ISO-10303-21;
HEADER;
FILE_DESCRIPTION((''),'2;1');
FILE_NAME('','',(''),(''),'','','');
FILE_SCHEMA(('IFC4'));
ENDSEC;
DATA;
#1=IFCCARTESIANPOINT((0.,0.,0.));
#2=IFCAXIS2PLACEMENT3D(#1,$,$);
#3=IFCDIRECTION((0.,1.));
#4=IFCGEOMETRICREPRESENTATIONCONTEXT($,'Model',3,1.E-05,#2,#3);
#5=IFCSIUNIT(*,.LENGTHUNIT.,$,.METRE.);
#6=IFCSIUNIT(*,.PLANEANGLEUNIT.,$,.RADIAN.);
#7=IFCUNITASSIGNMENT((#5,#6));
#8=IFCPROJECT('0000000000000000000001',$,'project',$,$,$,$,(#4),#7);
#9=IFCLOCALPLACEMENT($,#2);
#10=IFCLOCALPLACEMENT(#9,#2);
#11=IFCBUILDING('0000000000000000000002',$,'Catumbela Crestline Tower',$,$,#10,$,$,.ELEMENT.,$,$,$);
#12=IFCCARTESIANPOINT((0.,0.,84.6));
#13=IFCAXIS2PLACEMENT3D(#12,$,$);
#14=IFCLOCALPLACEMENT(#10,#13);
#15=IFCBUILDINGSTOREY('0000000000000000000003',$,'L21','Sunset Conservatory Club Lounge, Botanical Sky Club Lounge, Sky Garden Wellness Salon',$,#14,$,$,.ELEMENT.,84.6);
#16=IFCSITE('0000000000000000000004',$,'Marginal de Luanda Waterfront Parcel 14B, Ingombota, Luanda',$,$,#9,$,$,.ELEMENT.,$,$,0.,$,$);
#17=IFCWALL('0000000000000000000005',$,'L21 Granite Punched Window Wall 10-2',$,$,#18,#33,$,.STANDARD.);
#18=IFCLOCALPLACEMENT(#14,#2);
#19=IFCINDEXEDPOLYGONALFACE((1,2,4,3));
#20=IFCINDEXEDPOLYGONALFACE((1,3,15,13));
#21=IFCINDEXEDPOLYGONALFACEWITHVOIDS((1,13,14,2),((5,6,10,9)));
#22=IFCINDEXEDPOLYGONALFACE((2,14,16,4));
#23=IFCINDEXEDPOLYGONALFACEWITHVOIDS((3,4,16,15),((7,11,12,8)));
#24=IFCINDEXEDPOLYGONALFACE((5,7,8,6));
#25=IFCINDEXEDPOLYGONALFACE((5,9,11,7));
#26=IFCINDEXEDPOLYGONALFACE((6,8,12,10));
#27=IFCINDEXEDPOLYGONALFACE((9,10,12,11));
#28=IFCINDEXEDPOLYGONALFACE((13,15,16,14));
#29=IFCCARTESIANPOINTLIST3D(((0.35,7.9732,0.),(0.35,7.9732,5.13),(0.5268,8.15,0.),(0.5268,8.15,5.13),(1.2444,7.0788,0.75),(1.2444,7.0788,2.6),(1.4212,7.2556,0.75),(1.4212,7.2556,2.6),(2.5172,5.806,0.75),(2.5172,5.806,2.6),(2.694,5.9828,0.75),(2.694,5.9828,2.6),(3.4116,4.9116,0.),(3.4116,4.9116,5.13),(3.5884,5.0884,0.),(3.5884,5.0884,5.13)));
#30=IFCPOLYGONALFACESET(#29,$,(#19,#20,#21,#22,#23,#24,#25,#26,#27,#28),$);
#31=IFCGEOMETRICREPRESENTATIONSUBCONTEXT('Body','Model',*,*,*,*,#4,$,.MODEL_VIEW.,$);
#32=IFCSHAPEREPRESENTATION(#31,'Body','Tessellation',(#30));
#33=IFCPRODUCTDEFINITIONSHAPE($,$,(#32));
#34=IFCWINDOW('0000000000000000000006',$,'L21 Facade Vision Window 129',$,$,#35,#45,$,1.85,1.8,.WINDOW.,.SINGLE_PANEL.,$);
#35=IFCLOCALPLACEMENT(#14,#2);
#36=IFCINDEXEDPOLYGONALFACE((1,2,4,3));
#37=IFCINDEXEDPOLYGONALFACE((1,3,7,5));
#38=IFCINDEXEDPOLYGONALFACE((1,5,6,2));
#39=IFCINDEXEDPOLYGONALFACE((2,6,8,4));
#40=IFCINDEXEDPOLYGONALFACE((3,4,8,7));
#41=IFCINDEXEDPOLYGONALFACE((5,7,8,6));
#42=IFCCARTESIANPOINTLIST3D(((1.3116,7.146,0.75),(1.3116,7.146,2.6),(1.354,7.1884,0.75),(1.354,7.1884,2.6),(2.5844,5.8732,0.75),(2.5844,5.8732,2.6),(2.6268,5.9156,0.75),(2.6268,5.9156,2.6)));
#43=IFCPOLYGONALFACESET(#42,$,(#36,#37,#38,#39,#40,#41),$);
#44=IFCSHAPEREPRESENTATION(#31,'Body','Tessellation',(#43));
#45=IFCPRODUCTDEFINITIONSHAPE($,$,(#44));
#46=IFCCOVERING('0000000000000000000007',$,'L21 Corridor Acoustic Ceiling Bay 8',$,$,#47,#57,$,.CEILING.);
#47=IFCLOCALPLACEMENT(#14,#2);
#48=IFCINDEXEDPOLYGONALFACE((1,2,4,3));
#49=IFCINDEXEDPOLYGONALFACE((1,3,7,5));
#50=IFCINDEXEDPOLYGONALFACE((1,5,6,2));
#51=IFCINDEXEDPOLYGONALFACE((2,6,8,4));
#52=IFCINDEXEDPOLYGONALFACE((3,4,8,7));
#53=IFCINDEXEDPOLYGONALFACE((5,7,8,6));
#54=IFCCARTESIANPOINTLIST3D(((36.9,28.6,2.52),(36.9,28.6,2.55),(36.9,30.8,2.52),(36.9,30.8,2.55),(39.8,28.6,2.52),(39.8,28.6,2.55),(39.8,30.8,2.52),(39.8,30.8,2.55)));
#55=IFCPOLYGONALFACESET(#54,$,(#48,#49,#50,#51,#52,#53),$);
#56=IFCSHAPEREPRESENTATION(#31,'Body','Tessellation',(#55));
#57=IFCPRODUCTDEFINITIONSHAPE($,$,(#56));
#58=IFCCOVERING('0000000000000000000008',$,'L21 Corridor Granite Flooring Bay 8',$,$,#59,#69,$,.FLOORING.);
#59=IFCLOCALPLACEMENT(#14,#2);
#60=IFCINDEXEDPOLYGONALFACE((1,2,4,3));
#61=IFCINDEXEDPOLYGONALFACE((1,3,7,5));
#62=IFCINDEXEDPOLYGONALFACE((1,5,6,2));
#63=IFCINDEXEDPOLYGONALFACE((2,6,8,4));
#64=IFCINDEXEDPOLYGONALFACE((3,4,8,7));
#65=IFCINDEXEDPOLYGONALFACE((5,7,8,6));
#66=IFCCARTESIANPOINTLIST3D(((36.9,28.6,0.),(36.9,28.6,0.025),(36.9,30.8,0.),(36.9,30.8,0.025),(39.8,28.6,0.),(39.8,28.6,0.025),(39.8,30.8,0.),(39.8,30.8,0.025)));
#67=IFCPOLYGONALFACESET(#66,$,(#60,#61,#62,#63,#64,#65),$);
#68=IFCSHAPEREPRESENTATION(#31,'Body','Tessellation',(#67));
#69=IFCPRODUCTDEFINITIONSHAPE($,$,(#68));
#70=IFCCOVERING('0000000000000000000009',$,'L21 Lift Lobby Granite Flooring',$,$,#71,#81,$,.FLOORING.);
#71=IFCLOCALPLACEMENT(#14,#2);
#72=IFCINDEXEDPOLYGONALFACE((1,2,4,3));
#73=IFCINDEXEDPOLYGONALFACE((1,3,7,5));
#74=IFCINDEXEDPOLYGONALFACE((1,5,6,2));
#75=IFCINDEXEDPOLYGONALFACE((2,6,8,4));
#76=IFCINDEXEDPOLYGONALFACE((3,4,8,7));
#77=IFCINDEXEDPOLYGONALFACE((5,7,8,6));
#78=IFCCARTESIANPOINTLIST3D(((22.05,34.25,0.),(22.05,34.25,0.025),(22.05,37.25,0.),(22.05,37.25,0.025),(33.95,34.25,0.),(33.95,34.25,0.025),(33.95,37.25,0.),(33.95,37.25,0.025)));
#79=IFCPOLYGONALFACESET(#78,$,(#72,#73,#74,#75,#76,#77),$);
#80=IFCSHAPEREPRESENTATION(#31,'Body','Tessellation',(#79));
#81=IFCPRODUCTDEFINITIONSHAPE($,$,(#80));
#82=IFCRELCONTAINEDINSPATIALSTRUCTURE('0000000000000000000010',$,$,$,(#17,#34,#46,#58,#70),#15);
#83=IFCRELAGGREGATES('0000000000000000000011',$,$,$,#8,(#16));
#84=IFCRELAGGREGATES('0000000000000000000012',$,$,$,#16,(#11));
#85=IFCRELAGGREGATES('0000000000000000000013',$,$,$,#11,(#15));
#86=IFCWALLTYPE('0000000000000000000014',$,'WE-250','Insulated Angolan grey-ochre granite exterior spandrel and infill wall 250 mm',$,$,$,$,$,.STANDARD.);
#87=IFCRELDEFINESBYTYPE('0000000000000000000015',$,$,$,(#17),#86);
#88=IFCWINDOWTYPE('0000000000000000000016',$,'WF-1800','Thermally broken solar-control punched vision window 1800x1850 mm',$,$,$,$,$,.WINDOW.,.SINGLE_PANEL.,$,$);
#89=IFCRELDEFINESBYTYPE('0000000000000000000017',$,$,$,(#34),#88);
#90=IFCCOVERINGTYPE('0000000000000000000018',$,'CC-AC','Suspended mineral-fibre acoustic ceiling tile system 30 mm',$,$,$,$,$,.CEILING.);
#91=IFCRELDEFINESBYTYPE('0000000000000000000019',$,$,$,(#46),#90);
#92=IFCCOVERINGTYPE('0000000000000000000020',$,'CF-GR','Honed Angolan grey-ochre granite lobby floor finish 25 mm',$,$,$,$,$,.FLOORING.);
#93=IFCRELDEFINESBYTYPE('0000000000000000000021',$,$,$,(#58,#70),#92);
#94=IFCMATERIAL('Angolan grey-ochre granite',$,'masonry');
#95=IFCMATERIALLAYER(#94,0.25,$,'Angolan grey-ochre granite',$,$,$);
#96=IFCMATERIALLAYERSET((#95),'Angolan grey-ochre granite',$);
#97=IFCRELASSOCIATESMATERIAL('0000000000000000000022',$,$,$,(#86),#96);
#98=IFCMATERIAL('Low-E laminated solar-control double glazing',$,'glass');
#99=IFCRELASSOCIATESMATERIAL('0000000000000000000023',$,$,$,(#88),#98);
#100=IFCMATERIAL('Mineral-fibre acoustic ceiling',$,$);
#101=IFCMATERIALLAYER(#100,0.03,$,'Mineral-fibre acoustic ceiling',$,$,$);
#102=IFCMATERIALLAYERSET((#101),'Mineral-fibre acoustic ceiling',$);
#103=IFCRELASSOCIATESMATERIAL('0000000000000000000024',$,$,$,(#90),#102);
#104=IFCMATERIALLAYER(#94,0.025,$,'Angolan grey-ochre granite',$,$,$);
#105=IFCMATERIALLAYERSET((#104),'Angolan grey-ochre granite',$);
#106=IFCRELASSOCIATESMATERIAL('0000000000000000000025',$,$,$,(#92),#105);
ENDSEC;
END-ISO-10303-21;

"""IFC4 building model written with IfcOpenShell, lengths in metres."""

from ifc_helpers import new_model, si_unit, direction, frame, frame_2d, origin, place, context, subcontext, project, spatial, polyline, rectangle, outline, extrude, material, layer, layer_set, type_object, element, fill, save


model = new_model("IFC4")

# Units and contexts
model_context = context("Model", 3, precision=1e-05, world=origin(), true_north=direction((0.0, 1.0)))
body_context = subcontext(model_context, "Body", "Model", "MODEL_VIEW")
ifc_project = project(units=[si_unit("LENGTHUNIT", "METRE"), si_unit("PLANEANGLEUNIT", "RADIAN")], contexts=[model_context])

# Site, building, storey
site_placement = place(None, origin())
site = spatial("IfcSite", under=ifc_project, at=site_placement, Name="Marginal de Luanda Waterfront Parcel 14B, Ingombota, Luanda", CompositionType="ELEMENT", RefElevation=0.0)
building_placement = place(site_placement, origin())
building = spatial("IfcBuilding", under=site, at=building_placement, Name="Catumbela Crestline Tower", CompositionType="ELEMENT")
storey_placement = place(building_placement, frame((0.0, 0.0, 84.6)))
storey = spatial("IfcBuildingStorey", under=building, at=storey_placement, Name="L21", Description="Sunset Conservatory Club Lounge, Botanical Sky Club Lounge, Sky Garden Wellness Salon", CompositionType="ELEMENT", Elevation=84.6)

# Shared definitions
ifc_material_1 = material(Name="Low-E laminated solar-control double glazing", Category="glass")

# Shared definitions
ifc_material_2 = material(Name="Angolan grey-ochre granite", Category="masonry")
ifc_layer_1 = layer(ifc_material_2, 0.25, Name="Angolan grey-ochre granite")
ifc_layer_set_1 = layer_set([ifc_layer_1], Name="Angolan grey-ochre granite")
wall_type = type_object("IfcWallType", Name="WE-250", Description="Insulated Angolan grey-ochre granite exterior spandrel and infill wall 250 mm", PredefinedType="STANDARD", material=ifc_layer_set_1)

# Wall, opening, window
wall_1_placement = place(storey_placement, frame((0.4384, 8.0616, 0.0), z_axis=(0.0, 0.0, 1.0), x_axis=(0.707107, -0.707107, 0.0)))
wall_1 = element("IfcWall", 1, at=wall_1_placement, inside=storey, type_object=wall_type, Name="L21 Granite Punched Window Wall 10-2", PredefinedType="STANDARD", context=body_context, shape_type="SweptSolid", body=[
    extrude(rectangle(XDim=4.3298, YDim=0.25, at=frame_2d((2.1649, 0.0))), origin(), (0.0, 0.0, 1.0), 5.13),
])
opening_placement = place(wall_1_placement, frame((1.2649, 0.0, 0.75)))
opening = element("IfcOpeningElement", 2, at=opening_placement, cuts=wall_1, PredefinedType="OPENING", context=body_context, shape_type="SweptSolid", body=[
    extrude(rectangle(XDim=1.8, YDim=1.85, at=frame_2d((0.9, 0.925))), frame((0.0, 0.135, 0.0), z_axis=(0.0, -1.0, 0.0), x_axis=(1.0, 0.0, 0.0)), (0.0, 0.0, 1.0), 0.27),
])
window_type = type_object("IfcWindowType", Name="WF-1800", Description="Thermally broken solar-control punched vision window 1800x1850 mm", PartitioningType="SINGLE_PANEL", PredefinedType="WINDOW", material=ifc_material_1)
window_placement = place(opening_placement, origin())
window = element("IfcWindow", 3, at=window_placement, inside=storey, type_object=window_type, Name="L21 Facade Vision Window 129", OverallHeight=1.85, OverallWidth=1.8, PartitioningType="SINGLE_PANEL", PredefinedType="WINDOW", context=body_context, shape_type="SweptSolid", body=[
    extrude(rectangle(XDim=1.8, YDim=1.85, at=frame_2d((0.9, 0.925))), frame((0.0, 0.03, 0.0), z_axis=(0.0, -1.0, 0.0), x_axis=(1.0, 0.0, 0.0)), (0.0, 0.0, 1.0), 0.06),
])
fill(opening, window)

# Coverings
ifc_material_3 = material(Name="Mineral-fibre acoustic ceiling")
ifc_layer_2 = layer(ifc_material_3, 0.03, Name="Mineral-fibre acoustic ceiling")
ifc_layer_set_2 = layer_set([ifc_layer_2], Name="Mineral-fibre acoustic ceiling")
covering_type_1 = type_object("IfcCoveringType", Name="CC-AC", Description="Suspended mineral-fibre acoustic ceiling tile system 30 mm", PredefinedType="CEILING", material=ifc_layer_set_2)
covering_1_placement = place(storey_placement, frame((0.0, 0.0, 2.52)))
element("IfcCovering", 4, at=covering_1_placement, inside=storey, type_object=covering_type_1, Name="L21 Corridor Acoustic Ceiling Bay 8", PredefinedType="CEILING", context=body_context, shape_type="SweptSolid", body=[
    extrude(outline(polyline([(36.9, 28.6), (39.8, 28.6), (39.8, 30.8), (36.9, 30.8), (36.9, 28.6)])), origin(), (0.0, 0.0, 1.0), 0.03),
])
ifc_layer_3 = layer(ifc_material_2, 0.025, Name="Angolan grey-ochre granite")
ifc_layer_set_3 = layer_set([ifc_layer_3], Name="Angolan grey-ochre granite")
covering_type_2 = type_object("IfcCoveringType", Name="CF-GR", Description="Honed Angolan grey-ochre granite lobby floor finish 25 mm", PredefinedType="FLOORING", material=ifc_layer_set_3)
covering_2_placement = place(storey_placement, origin())
element("IfcCovering", 5, at=covering_2_placement, inside=storey, type_object=covering_type_2, Name="L21 Corridor Granite Flooring Bay 8", PredefinedType="FLOORING", context=body_context, shape_type="SweptSolid", body=[
    extrude(outline(polyline([(36.9, 28.6), (39.8, 28.6), (39.8, 30.8), (36.9, 30.8), (36.9, 28.6)])), origin(), (0.0, 0.0, 1.0), 0.025),
])
covering_3_placement = place(storey_placement, origin())
element("IfcCovering", 6, at=covering_3_placement, inside=storey, type_object=covering_type_2, Name="L21 Lift Lobby Granite Flooring", PredefinedType="FLOORING", context=body_context, shape_type="SweptSolid", body=[
    extrude(outline(polyline([(22.05, 34.25), (33.95, 34.25), (33.95, 37.25), (22.05, 37.25), (22.05, 34.25)])), origin(), (0.0, 0.0, 1.0), 0.025),
])

save(model, "model.ifc")
